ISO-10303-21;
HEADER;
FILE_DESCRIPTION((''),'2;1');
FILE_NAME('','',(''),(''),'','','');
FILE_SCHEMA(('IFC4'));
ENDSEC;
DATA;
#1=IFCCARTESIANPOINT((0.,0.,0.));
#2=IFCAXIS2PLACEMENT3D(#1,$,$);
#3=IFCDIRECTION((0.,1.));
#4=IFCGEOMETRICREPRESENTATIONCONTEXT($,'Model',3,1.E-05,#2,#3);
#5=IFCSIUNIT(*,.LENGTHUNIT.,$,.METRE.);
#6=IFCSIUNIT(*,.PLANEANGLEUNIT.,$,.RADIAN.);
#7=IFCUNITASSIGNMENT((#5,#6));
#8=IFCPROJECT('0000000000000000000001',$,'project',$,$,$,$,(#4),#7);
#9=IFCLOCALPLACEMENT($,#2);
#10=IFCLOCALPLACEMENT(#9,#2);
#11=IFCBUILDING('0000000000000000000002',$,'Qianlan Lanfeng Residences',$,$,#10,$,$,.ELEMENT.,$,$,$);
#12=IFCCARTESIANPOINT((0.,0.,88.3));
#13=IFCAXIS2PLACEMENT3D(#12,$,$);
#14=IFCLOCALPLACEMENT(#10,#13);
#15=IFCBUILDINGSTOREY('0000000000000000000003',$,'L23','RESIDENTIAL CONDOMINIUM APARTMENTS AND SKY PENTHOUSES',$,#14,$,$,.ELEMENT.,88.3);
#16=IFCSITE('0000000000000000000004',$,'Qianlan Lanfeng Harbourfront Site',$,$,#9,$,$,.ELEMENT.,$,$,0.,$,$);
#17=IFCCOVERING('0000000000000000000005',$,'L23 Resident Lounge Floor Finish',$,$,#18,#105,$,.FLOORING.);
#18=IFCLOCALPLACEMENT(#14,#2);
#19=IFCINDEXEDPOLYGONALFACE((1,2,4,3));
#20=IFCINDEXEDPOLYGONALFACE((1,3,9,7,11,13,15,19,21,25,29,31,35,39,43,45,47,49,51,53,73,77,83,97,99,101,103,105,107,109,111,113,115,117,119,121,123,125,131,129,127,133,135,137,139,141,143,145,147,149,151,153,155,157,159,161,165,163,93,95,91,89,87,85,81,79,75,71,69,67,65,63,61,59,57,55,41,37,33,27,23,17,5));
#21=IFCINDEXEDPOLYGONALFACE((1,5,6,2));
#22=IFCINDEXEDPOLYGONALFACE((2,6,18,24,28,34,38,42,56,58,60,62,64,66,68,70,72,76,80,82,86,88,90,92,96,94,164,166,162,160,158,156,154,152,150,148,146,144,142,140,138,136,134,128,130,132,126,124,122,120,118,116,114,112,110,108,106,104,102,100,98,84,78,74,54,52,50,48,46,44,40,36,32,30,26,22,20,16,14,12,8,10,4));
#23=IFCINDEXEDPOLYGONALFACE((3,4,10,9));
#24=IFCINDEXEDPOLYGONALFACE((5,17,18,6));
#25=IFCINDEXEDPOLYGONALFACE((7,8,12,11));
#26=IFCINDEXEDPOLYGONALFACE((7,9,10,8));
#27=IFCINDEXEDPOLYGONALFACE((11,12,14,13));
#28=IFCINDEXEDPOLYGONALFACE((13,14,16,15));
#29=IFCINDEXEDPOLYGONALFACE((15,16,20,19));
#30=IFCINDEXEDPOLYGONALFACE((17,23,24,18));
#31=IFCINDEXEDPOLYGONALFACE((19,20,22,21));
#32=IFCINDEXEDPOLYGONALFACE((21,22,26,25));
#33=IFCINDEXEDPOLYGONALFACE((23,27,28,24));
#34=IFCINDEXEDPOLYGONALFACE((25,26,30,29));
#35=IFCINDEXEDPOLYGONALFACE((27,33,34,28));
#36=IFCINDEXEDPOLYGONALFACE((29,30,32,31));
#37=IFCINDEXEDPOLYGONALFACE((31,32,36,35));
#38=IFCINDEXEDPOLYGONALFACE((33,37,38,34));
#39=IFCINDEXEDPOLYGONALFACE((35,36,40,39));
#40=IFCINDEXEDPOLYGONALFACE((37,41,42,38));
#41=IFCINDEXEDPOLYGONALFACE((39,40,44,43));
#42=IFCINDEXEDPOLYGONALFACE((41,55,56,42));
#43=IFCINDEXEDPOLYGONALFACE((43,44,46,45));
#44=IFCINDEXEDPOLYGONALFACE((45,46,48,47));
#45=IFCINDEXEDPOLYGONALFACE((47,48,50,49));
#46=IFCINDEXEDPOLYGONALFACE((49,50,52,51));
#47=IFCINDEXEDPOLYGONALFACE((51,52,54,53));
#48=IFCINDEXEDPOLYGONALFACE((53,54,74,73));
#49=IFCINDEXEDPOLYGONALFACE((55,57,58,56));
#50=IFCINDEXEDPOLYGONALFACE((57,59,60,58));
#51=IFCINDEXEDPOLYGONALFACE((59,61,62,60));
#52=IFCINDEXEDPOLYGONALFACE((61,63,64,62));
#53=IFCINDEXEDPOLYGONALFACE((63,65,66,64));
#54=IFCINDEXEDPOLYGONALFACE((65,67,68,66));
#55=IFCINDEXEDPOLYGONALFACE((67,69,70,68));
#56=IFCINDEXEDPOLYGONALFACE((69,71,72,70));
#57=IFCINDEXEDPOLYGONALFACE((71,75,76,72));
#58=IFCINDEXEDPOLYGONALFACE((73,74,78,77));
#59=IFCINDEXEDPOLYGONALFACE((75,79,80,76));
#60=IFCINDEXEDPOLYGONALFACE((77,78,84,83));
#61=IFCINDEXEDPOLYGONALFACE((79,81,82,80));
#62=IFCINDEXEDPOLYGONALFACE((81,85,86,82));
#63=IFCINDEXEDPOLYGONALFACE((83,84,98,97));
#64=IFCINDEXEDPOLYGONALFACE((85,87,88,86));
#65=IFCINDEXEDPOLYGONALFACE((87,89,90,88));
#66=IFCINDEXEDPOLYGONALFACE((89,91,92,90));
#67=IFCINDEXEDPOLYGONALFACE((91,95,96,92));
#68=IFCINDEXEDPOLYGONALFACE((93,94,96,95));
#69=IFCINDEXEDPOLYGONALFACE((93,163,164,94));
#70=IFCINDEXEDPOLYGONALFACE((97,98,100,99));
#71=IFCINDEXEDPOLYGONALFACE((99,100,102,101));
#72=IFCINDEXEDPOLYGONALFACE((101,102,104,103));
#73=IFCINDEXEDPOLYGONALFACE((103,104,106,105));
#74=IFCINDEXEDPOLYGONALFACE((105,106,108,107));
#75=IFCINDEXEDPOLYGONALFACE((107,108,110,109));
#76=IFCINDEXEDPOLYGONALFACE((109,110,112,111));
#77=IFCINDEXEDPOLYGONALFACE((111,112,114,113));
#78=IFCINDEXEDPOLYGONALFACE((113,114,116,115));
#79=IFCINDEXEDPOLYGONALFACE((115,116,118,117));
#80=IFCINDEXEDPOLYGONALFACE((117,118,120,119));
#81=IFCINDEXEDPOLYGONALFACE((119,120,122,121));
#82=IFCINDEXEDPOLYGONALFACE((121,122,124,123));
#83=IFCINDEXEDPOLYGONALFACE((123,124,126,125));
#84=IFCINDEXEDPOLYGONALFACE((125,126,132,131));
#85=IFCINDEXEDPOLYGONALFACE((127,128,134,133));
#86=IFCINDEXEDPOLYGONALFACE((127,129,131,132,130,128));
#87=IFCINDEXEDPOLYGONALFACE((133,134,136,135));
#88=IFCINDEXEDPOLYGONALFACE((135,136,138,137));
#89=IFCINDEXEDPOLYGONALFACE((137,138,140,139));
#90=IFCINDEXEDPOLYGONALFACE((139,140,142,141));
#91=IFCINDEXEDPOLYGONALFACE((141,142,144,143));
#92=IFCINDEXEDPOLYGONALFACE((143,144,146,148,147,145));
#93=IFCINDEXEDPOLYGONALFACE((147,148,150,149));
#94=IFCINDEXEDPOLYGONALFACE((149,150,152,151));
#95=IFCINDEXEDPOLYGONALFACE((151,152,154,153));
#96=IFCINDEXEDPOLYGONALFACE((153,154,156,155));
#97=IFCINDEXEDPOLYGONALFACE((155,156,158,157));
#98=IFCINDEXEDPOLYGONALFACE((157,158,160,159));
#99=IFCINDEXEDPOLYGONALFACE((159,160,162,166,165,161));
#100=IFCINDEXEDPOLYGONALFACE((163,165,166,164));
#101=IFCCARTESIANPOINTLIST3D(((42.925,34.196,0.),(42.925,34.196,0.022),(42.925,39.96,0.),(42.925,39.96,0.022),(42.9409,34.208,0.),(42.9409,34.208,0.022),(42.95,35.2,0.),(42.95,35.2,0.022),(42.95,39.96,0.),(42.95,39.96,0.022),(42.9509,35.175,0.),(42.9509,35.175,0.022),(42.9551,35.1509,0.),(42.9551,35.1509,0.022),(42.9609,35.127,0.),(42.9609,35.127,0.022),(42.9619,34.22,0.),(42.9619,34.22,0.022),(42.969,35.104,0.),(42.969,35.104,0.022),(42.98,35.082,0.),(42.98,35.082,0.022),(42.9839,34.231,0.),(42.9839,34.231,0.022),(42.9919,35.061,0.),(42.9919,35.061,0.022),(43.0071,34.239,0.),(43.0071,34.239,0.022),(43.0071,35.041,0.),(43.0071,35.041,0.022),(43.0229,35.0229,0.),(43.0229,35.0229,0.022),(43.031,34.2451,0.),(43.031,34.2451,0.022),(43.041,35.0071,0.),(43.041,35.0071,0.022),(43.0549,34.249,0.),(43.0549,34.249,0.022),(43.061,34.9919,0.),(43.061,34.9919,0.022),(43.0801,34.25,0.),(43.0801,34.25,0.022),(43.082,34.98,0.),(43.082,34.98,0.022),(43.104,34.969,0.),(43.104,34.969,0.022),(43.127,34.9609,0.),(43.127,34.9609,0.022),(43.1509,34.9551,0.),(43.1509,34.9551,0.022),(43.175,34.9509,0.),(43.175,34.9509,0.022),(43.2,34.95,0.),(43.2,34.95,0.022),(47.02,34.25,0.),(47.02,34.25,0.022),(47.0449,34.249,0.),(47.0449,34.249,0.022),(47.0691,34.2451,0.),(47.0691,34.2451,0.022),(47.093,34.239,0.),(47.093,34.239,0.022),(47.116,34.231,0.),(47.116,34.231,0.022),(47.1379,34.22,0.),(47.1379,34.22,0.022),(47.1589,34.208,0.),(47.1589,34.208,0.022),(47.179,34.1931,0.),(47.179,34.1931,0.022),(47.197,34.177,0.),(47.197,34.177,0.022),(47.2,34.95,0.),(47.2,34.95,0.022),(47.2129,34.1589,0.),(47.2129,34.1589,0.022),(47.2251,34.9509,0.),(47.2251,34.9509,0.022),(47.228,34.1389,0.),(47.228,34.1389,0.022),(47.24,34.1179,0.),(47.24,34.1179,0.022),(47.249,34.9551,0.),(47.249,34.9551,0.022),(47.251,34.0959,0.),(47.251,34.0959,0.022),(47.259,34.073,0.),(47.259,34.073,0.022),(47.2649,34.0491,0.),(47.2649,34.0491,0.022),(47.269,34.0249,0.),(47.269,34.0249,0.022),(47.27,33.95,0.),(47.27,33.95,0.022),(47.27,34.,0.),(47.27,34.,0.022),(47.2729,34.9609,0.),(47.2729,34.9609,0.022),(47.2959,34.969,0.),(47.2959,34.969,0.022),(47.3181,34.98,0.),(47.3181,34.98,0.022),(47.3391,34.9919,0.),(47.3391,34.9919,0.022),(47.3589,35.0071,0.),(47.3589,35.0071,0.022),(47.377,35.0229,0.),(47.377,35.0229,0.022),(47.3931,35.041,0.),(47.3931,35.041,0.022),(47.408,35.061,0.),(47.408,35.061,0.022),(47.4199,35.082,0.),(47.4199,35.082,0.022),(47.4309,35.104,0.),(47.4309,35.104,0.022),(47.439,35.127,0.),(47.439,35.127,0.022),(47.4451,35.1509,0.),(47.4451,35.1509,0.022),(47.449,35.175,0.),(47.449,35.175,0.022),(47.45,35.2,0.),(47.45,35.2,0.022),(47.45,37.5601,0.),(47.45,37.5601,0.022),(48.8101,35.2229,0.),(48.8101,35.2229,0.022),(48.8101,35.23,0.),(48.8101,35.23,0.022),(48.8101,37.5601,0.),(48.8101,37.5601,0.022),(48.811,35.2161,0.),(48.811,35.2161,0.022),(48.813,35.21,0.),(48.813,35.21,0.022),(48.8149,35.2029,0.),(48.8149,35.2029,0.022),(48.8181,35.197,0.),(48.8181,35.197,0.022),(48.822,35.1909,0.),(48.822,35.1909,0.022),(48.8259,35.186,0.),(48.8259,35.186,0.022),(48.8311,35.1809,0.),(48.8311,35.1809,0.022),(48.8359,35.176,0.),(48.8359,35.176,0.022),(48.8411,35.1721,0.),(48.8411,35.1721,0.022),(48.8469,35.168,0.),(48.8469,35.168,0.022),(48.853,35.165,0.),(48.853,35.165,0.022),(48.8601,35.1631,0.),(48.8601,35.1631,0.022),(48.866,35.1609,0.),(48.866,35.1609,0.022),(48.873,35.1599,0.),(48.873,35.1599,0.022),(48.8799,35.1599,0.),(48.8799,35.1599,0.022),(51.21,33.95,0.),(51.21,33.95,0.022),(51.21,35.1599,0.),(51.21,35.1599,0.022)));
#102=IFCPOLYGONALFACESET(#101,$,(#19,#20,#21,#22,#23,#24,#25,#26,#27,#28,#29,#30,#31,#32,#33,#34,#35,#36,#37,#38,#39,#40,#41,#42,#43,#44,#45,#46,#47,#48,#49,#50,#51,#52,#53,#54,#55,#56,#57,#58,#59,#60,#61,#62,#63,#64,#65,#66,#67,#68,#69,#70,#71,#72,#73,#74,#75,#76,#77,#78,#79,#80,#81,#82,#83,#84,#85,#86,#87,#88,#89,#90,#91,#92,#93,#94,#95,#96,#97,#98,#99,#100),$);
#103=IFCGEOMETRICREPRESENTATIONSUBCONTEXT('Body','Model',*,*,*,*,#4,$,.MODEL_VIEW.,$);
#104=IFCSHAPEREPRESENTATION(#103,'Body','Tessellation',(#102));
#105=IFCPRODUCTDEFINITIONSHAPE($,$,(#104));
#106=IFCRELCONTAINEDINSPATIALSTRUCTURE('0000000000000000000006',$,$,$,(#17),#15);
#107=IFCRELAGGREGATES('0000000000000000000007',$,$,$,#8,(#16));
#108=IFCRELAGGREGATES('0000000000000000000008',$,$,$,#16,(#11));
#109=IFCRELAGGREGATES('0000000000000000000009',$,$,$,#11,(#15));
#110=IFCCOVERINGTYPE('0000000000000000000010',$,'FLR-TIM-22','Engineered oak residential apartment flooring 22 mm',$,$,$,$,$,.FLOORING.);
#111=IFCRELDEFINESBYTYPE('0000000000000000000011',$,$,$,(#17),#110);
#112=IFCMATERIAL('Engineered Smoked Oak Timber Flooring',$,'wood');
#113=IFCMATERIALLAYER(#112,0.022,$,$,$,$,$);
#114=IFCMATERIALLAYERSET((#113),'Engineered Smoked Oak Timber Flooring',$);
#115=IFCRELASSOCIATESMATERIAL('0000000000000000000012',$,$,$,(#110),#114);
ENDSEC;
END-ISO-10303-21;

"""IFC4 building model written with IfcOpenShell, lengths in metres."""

from ifc_helpers import new_model, si_unit, direction, frame, origin, place, context, subcontext, project, spatial, polyline, outline, extrude, material, layer, layer_set, type_object, element, save


model = new_model("IFC4")

# Units and contexts
model_context = context("Model", 3, precision=1e-05, world=origin(), true_north=direction((0.0, 1.0)))
body_context = subcontext(model_context, "Body", "Model", "MODEL_VIEW")
ifc_project = project(units=[si_unit("LENGTHUNIT", "METRE"), si_unit("PLANEANGLEUNIT", "RADIAN")], contexts=[model_context])

# Site, building, storey
site_placement = place(None, origin())
site = spatial("IfcSite", under=ifc_project, at=site_placement, Name="Qianlan Lanfeng Harbourfront Site", CompositionType="ELEMENT", RefElevation=0.0)
building_placement = place(site_placement, origin())
building = spatial("IfcBuilding", under=site, at=building_placement, Name="Qianlan Lanfeng Residences", CompositionType="ELEMENT")
storey_placement = place(building_placement, frame((0.0, 0.0, 88.3)))
storey = spatial("IfcBuildingStorey", under=building, at=storey_placement, Name="L23", Description="RESIDENTIAL CONDOMINIUM APARTMENTS AND SKY PENTHOUSES", CompositionType="ELEMENT", Elevation=88.3)

# Covering
ifc_material_1 = material(Name="Engineered Smoked Oak Timber Flooring", Category="wood")
ifc_layer_1 = layer(ifc_material_1, 0.022)
ifc_layer_set_1 = layer_set([ifc_layer_1], Name="Engineered Smoked Oak Timber Flooring")
covering_type_1 = type_object("IfcCoveringType", Name="FLR-TIM-22", Description="Engineered oak residential apartment flooring 22 mm", PredefinedType="FLOORING", material=ifc_layer_set_1)
covering_1_placement = place(storey_placement, origin())
element("IfcCovering", 1, at=covering_1_placement, inside=storey, type_object=covering_type_1, Name="L23 Resident Lounge Floor Finish", PredefinedType="FLOORING", context=body_context, shape_type="SweptSolid", body=[
    extrude(outline(polyline([(42.925, 34.196), (42.9409, 34.208), (42.9619, 34.22), (42.9839, 34.231), (43.0071, 34.239), (43.031, 34.2451), (43.0549, 34.249), (43.0801, 34.25), (47.02, 34.25), (47.0449, 34.249), (47.0691, 34.2451), (47.093, 34.239), (47.116, 34.231), (47.1379, 34.22), (47.1589, 34.208), (47.179, 34.1931), (47.197, 34.177), (47.2129, 34.1589), (47.228, 34.1389), (47.24, 34.1179), (47.251, 34.0959), (47.259, 34.073), (47.2649, 34.0491), (47.269, 34.0249), (47.27, 34.0), (47.27, 33.95), (51.21, 33.95), (51.21, 35.1599), (48.8799, 35.1599), (48.873, 35.1599), (48.866, 35.1609), (48.8601, 35.1631), (48.853, 35.165), (48.8469, 35.168), (48.8411, 35.1721), (48.8359, 35.176), (48.8311, 35.1809), (48.8259, 35.186), (48.822, 35.1909), (48.8181, 35.197), (48.8149, 35.2029), (48.813, 35.21), (48.811, 35.2161), (48.8101, 35.2229), (48.8101, 35.23), (48.8101, 37.5601), (47.45, 37.5601), (47.45, 35.2), (47.449, 35.175), (47.4451, 35.1509), (47.439, 35.127), (47.4309, 35.104), (47.4199, 35.082), (47.408, 35.061), (47.3931, 35.041), (47.377, 35.0229), (47.3589, 35.0071), (47.3391, 34.9919), (47.3181, 34.98), (47.2959, 34.969), (47.2729, 34.9609), (47.249, 34.9551), (47.2251, 34.9509), (47.2, 34.95), (43.2, 34.95), (43.175, 34.9509), (43.1509, 34.9551), (43.127, 34.9609), (43.104, 34.969), (43.082, 34.98), (43.061, 34.9919), (43.041, 35.0071), (43.0229, 35.0229), (43.0071, 35.041), (42.9919, 35.061), (42.98, 35.082), (42.969, 35.104), (42.9609, 35.127), (42.9551, 35.1509), (42.9509, 35.175), (42.95, 35.2), (42.95, 39.96), (42.925, 39.96), (42.925, 34.196)])), origin(), (0.0, 0.0, 1.0), 0.022),
])

save(model, "model.ifc")
